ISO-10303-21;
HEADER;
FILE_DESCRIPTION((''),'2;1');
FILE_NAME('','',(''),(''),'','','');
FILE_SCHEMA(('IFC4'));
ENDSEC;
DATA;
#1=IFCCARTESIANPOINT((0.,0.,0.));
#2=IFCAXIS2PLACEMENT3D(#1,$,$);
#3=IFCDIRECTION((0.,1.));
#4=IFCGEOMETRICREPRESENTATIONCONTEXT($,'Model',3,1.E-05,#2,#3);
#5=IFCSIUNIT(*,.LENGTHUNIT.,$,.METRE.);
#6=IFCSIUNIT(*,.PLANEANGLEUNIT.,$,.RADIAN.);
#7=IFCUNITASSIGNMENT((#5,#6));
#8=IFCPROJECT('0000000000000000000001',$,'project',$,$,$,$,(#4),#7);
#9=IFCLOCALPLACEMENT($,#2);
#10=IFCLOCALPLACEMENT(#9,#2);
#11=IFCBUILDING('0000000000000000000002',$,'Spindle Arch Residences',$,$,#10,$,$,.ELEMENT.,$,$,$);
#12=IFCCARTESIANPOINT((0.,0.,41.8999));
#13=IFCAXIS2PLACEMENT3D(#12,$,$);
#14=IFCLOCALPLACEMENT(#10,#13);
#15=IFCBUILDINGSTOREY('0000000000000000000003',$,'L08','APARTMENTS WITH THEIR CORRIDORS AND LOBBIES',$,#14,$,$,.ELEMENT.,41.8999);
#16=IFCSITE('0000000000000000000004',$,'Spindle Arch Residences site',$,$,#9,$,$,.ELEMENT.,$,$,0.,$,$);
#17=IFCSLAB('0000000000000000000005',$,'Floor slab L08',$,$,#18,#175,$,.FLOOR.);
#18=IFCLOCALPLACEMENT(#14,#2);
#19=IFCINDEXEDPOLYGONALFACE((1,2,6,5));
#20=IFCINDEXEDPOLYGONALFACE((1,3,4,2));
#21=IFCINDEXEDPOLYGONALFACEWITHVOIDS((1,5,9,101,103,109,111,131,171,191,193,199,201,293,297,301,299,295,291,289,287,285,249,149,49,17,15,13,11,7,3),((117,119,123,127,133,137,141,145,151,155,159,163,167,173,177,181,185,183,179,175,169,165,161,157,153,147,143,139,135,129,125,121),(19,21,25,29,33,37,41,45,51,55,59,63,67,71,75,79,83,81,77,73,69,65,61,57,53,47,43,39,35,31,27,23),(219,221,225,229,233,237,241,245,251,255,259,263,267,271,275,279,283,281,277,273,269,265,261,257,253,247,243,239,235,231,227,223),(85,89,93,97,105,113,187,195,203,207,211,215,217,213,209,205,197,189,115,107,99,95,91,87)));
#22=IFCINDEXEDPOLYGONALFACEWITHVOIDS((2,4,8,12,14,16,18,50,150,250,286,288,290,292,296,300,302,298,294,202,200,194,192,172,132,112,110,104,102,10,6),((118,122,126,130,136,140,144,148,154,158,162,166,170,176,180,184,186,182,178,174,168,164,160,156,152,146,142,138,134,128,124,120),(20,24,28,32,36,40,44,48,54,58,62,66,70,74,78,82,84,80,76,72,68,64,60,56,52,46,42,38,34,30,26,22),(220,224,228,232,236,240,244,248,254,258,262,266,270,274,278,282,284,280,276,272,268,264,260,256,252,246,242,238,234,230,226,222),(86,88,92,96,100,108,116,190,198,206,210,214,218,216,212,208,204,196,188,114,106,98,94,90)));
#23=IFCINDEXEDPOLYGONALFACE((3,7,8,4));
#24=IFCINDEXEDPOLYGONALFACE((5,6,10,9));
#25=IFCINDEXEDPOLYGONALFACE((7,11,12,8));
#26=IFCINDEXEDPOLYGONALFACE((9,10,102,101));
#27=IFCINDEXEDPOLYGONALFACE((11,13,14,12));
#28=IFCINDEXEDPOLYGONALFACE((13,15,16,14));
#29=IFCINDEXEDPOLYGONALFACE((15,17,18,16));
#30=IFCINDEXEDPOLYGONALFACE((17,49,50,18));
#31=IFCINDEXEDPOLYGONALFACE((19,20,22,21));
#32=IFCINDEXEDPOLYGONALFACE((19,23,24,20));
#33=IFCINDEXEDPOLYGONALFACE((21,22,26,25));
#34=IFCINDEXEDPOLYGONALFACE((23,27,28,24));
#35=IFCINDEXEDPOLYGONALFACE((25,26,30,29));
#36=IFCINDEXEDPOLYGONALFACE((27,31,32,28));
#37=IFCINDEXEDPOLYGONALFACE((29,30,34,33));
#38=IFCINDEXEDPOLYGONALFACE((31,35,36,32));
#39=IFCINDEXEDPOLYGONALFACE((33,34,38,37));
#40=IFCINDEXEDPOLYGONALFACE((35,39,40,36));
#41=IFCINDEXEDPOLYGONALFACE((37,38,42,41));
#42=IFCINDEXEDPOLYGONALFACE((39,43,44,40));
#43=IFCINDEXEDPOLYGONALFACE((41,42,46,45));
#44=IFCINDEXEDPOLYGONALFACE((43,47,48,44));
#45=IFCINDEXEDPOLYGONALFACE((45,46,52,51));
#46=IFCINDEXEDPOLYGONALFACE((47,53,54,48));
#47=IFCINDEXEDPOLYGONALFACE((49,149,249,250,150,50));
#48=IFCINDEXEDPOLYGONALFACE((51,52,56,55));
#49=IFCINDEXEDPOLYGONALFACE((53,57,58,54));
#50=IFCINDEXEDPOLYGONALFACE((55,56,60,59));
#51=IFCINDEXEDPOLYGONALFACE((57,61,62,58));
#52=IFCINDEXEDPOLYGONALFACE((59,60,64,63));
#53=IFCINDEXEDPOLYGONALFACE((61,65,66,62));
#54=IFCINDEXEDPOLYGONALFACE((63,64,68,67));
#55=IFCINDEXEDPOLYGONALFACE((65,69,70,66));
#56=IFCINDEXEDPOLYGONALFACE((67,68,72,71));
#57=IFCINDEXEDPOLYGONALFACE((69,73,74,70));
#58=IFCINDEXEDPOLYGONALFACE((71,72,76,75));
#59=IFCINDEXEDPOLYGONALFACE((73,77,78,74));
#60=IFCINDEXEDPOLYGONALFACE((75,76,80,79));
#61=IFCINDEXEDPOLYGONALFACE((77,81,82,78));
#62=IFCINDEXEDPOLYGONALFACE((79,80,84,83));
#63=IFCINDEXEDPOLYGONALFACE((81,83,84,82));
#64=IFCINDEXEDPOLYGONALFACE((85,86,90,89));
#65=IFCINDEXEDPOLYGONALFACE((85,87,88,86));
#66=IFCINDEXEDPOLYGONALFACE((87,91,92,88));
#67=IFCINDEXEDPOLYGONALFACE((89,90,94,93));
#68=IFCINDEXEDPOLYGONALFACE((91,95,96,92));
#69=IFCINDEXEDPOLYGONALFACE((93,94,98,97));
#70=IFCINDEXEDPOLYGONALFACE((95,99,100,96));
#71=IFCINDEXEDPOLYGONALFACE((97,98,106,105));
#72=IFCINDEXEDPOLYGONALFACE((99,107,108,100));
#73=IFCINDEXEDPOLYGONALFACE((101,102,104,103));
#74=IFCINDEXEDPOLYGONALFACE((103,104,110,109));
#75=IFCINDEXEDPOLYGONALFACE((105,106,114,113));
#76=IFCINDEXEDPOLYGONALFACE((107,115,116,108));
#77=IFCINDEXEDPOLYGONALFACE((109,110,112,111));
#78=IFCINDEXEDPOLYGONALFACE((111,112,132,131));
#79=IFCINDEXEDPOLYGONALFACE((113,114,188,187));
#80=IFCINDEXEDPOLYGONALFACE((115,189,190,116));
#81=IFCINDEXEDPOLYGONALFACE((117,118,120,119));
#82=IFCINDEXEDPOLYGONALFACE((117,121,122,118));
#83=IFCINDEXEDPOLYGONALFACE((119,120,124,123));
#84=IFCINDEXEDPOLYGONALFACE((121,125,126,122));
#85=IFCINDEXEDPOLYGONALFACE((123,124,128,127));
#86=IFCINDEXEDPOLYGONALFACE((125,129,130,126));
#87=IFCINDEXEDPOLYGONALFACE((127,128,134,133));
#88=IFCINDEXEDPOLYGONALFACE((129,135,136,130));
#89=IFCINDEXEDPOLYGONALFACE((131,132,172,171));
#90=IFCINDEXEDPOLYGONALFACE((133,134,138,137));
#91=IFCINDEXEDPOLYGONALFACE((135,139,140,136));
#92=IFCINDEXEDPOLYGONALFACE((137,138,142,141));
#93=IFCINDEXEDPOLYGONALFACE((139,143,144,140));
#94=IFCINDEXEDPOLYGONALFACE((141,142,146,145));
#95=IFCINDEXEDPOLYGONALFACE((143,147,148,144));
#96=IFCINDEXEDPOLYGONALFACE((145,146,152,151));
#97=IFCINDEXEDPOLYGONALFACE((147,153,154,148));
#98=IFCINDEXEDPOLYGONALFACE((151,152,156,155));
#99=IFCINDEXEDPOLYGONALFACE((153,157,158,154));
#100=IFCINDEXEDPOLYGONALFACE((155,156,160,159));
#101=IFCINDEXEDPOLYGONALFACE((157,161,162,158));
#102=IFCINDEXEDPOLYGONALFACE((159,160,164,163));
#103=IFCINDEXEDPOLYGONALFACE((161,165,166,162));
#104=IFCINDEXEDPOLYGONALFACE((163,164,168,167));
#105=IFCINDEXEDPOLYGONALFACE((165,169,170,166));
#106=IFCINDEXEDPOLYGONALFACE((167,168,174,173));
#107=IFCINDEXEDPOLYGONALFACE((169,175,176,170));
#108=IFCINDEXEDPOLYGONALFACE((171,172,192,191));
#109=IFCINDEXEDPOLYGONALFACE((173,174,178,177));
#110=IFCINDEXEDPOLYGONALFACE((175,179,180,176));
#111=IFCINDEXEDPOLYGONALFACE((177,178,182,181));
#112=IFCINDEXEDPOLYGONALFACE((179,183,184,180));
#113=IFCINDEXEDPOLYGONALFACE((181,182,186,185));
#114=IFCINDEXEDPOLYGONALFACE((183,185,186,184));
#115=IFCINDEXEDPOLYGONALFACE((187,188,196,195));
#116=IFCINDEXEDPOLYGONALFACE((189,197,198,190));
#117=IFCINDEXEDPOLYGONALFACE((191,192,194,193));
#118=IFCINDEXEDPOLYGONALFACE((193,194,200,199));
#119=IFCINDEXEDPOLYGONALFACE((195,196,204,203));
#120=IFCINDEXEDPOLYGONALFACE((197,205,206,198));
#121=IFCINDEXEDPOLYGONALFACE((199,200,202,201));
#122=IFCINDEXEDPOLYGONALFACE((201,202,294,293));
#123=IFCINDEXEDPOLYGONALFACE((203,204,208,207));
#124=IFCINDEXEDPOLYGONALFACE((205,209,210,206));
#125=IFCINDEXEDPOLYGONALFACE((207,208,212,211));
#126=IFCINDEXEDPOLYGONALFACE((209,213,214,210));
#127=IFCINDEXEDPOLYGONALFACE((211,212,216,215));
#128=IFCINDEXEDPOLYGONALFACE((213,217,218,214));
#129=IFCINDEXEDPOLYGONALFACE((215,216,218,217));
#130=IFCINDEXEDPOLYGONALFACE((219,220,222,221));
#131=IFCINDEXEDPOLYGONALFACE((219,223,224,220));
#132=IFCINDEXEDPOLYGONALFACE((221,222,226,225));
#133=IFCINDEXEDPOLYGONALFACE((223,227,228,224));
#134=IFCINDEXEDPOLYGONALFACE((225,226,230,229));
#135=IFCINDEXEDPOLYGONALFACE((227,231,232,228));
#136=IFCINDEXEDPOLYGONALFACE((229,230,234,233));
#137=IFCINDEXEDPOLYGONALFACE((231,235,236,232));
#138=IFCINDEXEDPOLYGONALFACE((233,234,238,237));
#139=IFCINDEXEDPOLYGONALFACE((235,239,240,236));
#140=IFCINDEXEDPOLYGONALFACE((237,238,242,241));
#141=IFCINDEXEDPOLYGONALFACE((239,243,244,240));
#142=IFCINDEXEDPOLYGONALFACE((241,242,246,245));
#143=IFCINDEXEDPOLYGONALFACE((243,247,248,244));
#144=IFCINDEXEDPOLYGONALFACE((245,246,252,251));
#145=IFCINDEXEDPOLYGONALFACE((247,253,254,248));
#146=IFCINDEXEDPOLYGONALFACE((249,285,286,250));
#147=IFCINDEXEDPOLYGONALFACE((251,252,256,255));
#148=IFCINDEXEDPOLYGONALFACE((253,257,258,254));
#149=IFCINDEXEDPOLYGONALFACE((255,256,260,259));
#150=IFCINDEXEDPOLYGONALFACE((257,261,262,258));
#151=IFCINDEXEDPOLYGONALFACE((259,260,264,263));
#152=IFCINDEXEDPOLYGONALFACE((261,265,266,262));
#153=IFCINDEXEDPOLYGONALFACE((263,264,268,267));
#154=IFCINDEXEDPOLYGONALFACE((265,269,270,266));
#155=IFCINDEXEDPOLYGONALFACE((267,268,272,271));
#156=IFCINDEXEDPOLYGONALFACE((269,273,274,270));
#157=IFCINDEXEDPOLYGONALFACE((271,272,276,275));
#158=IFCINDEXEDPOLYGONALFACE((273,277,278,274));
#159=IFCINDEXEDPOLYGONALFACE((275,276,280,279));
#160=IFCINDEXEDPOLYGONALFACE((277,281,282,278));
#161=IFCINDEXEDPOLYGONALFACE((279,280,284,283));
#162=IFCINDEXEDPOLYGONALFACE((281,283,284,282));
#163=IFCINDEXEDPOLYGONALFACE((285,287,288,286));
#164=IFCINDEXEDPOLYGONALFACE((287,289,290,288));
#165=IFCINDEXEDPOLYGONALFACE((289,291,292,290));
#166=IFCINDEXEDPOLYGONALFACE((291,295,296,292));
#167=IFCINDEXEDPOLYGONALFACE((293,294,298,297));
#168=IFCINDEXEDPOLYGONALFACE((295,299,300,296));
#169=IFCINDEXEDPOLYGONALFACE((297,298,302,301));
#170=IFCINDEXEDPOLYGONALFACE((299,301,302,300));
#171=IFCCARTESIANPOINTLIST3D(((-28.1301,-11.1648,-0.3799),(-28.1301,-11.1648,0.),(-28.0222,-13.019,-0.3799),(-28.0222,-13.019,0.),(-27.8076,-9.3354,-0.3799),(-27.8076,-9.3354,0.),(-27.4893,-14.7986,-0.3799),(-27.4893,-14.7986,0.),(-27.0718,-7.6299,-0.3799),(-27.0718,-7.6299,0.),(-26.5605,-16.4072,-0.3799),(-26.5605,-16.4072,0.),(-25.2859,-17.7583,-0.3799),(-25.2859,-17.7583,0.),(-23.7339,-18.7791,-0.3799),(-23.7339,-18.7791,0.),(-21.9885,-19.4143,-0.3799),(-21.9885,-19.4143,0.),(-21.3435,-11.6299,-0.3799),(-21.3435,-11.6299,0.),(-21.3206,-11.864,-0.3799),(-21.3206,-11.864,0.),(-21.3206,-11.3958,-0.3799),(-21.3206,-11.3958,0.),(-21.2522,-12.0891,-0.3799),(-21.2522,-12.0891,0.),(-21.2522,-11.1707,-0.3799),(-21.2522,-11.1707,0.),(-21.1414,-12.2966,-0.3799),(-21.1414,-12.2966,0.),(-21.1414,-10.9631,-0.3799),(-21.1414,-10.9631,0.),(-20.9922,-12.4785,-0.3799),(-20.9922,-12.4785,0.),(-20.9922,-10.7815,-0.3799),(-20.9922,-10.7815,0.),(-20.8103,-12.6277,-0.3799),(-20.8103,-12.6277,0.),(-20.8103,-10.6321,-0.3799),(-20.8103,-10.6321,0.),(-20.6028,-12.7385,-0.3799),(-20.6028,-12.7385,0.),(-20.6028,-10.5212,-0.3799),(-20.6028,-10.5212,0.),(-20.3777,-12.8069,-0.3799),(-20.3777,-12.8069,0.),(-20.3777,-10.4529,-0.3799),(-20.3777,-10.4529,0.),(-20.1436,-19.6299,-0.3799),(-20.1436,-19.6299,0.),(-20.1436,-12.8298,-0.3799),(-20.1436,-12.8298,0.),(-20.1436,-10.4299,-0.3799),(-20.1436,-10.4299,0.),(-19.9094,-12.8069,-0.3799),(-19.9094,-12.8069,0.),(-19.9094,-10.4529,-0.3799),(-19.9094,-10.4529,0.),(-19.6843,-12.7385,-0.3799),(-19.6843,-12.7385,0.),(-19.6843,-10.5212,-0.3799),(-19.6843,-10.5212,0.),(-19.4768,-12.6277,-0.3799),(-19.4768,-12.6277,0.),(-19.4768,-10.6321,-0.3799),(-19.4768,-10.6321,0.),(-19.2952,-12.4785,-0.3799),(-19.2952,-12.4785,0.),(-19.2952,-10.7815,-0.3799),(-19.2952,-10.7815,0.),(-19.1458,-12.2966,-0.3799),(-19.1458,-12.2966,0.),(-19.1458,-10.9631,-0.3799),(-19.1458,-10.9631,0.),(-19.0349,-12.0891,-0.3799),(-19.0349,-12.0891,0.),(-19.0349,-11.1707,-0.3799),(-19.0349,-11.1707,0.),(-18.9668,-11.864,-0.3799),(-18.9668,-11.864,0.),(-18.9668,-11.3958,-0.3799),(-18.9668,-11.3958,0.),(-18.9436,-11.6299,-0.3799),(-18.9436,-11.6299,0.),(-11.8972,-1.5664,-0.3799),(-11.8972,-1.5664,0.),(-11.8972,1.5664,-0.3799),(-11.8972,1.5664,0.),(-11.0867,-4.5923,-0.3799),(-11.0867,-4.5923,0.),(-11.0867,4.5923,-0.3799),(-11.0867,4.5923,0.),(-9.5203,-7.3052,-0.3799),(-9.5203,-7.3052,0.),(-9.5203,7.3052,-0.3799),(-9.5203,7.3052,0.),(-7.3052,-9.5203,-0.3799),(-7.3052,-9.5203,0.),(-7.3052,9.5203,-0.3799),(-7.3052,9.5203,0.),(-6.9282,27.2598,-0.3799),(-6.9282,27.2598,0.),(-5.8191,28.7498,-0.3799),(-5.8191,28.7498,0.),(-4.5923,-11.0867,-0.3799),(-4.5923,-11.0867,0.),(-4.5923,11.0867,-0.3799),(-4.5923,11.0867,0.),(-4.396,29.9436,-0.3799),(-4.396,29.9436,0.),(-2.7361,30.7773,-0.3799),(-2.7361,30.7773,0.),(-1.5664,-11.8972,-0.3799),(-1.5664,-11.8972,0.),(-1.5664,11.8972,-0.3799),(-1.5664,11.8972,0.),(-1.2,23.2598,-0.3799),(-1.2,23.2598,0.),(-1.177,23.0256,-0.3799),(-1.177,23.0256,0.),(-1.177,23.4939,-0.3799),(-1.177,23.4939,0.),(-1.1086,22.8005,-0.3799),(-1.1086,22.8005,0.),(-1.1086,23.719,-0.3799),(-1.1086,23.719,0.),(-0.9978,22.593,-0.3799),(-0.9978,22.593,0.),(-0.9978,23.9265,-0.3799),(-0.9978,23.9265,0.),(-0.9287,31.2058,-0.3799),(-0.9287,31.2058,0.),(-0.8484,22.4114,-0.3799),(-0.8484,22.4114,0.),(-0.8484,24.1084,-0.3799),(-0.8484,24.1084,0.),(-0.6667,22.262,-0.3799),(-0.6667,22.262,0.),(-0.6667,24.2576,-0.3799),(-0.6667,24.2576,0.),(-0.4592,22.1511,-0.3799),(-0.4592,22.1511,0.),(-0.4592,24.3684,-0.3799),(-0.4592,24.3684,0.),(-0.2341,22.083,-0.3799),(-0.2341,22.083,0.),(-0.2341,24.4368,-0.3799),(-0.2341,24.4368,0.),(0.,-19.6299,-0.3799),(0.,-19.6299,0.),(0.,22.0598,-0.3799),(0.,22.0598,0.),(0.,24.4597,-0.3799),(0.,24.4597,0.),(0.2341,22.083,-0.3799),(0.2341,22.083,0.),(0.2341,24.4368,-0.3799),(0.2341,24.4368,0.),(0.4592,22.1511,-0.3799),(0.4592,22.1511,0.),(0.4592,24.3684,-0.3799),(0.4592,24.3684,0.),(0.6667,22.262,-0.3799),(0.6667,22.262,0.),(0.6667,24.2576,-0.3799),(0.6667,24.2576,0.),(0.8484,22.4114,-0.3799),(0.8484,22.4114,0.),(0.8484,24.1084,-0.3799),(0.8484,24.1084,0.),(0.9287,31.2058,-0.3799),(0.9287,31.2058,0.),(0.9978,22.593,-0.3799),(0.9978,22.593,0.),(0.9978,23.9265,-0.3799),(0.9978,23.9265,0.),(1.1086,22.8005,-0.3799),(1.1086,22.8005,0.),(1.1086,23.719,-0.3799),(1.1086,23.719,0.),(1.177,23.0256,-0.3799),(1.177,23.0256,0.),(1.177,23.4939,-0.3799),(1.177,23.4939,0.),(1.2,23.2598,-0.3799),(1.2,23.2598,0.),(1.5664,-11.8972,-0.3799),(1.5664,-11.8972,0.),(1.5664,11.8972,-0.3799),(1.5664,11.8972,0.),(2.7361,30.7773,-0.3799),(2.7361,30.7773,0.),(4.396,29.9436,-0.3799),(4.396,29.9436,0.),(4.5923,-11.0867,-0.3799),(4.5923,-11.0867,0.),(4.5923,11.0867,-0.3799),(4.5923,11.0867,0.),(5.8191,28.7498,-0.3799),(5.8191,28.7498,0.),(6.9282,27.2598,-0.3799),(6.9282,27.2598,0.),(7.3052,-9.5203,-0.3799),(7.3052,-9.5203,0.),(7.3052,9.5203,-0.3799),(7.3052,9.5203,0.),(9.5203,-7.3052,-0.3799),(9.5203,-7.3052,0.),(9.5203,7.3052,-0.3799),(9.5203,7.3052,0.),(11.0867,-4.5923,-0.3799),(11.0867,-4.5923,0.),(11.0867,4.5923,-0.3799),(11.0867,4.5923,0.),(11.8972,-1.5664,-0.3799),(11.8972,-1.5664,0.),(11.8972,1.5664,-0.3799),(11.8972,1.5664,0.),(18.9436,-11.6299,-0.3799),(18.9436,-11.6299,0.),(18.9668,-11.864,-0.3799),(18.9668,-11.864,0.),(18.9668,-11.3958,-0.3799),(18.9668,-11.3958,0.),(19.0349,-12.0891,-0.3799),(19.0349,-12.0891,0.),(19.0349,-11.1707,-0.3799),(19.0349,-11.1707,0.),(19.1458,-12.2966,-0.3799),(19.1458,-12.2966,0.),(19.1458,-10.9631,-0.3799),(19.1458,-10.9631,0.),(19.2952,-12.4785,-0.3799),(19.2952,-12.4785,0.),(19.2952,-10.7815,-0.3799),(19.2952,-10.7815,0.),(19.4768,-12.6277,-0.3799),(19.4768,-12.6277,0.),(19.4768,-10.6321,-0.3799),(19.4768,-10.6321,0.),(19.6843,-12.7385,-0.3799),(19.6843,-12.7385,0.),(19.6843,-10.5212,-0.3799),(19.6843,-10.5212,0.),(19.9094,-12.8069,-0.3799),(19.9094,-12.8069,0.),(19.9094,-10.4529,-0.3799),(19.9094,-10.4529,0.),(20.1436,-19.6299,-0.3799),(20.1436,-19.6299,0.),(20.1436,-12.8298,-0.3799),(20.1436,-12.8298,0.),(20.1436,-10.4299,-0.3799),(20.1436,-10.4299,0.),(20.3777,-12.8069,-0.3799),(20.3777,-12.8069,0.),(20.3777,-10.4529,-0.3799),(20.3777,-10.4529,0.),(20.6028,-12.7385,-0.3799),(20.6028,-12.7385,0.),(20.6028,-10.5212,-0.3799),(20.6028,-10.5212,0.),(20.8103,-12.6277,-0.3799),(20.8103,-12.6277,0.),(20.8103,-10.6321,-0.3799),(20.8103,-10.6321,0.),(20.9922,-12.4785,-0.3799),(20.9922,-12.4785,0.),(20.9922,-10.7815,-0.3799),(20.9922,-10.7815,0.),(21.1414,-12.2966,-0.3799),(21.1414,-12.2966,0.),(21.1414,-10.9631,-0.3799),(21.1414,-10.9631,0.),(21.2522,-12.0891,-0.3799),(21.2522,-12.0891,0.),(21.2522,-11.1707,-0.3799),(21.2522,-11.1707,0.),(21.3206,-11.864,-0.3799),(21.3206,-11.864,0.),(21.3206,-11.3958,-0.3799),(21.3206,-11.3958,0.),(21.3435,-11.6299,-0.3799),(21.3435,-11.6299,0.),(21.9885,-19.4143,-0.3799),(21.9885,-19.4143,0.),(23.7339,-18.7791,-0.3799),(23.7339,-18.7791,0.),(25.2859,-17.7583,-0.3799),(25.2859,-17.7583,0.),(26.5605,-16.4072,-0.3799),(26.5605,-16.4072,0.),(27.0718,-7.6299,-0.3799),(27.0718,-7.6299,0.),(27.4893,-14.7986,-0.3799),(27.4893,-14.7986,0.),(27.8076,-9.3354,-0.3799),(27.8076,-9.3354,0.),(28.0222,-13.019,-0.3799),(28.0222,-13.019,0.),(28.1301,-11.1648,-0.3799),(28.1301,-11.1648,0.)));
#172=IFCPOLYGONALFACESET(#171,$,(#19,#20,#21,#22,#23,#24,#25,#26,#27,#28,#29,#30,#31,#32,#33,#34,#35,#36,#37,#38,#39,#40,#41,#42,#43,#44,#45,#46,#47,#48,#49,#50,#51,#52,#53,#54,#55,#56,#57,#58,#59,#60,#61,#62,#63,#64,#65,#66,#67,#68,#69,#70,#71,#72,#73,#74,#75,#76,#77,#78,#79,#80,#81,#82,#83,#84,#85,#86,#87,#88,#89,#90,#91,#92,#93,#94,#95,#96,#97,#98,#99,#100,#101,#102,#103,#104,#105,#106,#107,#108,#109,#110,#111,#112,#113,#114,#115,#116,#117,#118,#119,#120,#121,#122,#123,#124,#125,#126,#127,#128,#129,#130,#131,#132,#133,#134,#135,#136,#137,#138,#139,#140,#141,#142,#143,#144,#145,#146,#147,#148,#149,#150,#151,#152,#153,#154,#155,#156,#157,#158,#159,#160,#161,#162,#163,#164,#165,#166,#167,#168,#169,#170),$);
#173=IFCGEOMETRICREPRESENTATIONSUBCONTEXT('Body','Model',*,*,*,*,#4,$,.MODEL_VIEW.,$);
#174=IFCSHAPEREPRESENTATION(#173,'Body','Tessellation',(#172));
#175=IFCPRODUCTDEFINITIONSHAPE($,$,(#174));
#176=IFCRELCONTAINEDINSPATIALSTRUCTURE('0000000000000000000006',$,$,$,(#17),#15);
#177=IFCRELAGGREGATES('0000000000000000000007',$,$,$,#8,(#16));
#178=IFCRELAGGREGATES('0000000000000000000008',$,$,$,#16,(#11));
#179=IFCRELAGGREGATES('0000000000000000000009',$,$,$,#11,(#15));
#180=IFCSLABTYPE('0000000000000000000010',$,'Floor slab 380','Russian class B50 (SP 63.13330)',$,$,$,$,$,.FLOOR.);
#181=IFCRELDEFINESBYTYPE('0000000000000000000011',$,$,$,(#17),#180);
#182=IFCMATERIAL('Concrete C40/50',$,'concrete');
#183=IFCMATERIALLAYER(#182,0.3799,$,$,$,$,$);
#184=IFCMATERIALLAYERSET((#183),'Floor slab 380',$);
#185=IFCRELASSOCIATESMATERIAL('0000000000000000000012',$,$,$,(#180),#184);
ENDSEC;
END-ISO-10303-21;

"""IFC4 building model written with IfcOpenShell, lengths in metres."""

from ifc_helpers import new_model, si_unit, direction, frame, origin, place, context, subcontext, project, spatial, polyline, outline, extrude, material, layer, layer_set, type_object, element, save


model = new_model("IFC4")

# Units and contexts
model_context = context("Model", 3, precision=1e-05, world=origin(), true_north=direction((0.0, 1.0)))
body_context = subcontext(model_context, "Body", "Model", "MODEL_VIEW")
ifc_project = project(units=[si_unit("LENGTHUNIT", "METRE"), si_unit("PLANEANGLEUNIT", "RADIAN")], contexts=[model_context])

# Site, building, storey
site_placement = place(None, origin())
site = spatial("IfcSite", under=ifc_project, at=site_placement, Name="Spindle Arch Residences site", CompositionType="ELEMENT", RefElevation=0.0)
building_placement = place(site_placement, origin())
building = spatial("IfcBuilding", under=site, at=building_placement, Name="Spindle Arch Residences", CompositionType="ELEMENT")
storey_placement = place(building_placement, frame((0.0, 0.0, 41.8999)))
storey = spatial("IfcBuildingStorey", under=building, at=storey_placement, Name="L08", Description="APARTMENTS WITH THEIR CORRIDORS AND LOBBIES", CompositionType="ELEMENT", Elevation=41.8999)

# Slab
ifc_material_1 = material(Name="Concrete C40/50", Category="concrete")
ifc_layer_1 = layer(ifc_material_1, 0.3799)
ifc_layer_set_1 = layer_set([ifc_layer_1], Name="Floor slab 380")
slab_type_1 = type_object("IfcSlabType", Name="Floor slab 380", Description="Russian class B50 (SP 63.13330)", PredefinedType="FLOOR", material=ifc_layer_set_1)
slab_1_placement = place(storey_placement, frame((0.0, 0.0, -0.3799)))
element("IfcSlab", 1, at=slab_1_placement, inside=storey, type_object=slab_type_1, Name="Floor slab L08", PredefinedType="FLOOR", context=body_context, shape_type="SweptSolid", body=[
    extrude(outline(polyline([(-21.9885, -19.4143), (-23.7339, -18.7791), (-25.2859, -17.7583), (-26.5605, -16.4072), (-27.4893, -14.7986), (-28.0222, -13.019), (-28.1301, -11.1648), (-27.8076, -9.3354), (-27.0718, -7.6299), (-6.9282, 27.2598), (-5.8191, 28.7498), (-4.396, 29.9436), (-2.7361, 30.7773), (-0.9287, 31.2058), (0.9287, 31.2058), (2.7361, 30.7773), (4.396, 29.9436), (5.8191, 28.7498), (6.9282, 27.2598), (27.0718, -7.6299), (27.8076, -9.3354), (28.1301, -11.1648), (28.0222, -13.019), (27.4893, -14.7986), (26.5605, -16.4072), (25.2859, -17.7583), (23.7339, -18.7791), (21.9885, -19.4143), (20.1436, -19.6299), (0.0, -19.6299), (-20.1436, -19.6299), (-21.9885, -19.4143)]), holes=[polyline([(7.3052, -9.5203), (9.5203, -7.3052), (11.0867, -4.5923), (11.8972, -1.5664), (11.8972, 1.5664), (11.0867, 4.5923), (9.5203, 7.3052), (7.3052, 9.5203), (4.5923, 11.0867), (1.5664, 11.8972), (-1.5664, 11.8972), (-4.5923, 11.0867), (-7.3052, 9.5203), (-9.5203, 7.3052), (-11.0867, 4.5923), (-11.8972, 1.5664), (-11.8972, -1.5664), (-11.0867, -4.5923), (-9.5203, -7.3052), (-7.3052, -9.5203), (-4.5923, -11.0867), (-1.5664, -11.8972), (1.5664, -11.8972), (4.5923, -11.0867), (7.3052, -9.5203)]), polyline([(-19.2952, -12.4785), (-19.1458, -12.2966), (-19.0349, -12.0891), (-18.9668, -11.864), (-18.9436, -11.6299), (-18.9668, -11.3958), (-19.0349, -11.1707), (-19.1458, -10.9631), (-19.2952, -10.7815), (-19.4768, -10.6321), (-19.6843, -10.5212), (-19.9094, -10.4529), (-20.1436, -10.4299), (-20.3777, -10.4529), (-20.6028, -10.5212), (-20.8103, -10.6321), (-20.9922, -10.7815), (-21.1414, -10.9631), (-21.2522, -11.1707), (-21.3206, -11.3958), (-21.3435, -11.6299), (-21.3206, -11.864), (-21.2522, -12.0891), (-21.1414, -12.2966), (-20.9922, -12.4785), (-20.8103, -12.6277), (-20.6028, -12.7385), (-20.3777, -12.8069), (-20.1436, -12.8298), (-19.9094, -12.8069), (-19.6843, -12.7385), (-19.4768, -12.6277), (-19.2952, -12.4785)]), polyline([(0.8484, 22.4114), (0.9978, 22.593), (1.1086, 22.8005), (1.177, 23.0256), (1.2, 23.2598), (1.177, 23.4939), (1.1086, 23.719), (0.9978, 23.9265), (0.8484, 24.1084), (0.6667, 24.2576), (0.4592, 24.3684), (0.2341, 24.4368), (0.0, 24.4597), (-0.2341, 24.4368), (-0.4592, 24.3684), (-0.6667, 24.2576), (-0.8484, 24.1084), (-0.9978, 23.9265), (-1.1086, 23.719), (-1.177, 23.4939), (-1.2, 23.2598), (-1.177, 23.0256), (-1.1086, 22.8005), (-0.9978, 22.593), (-0.8484, 22.4114), (-0.6667, 22.262), (-0.4592, 22.1511), (-0.2341, 22.083), (0.0, 22.0598), (0.2341, 22.083), (0.4592, 22.1511), (0.6667, 22.262), (0.8484, 22.4114)]), polyline([(20.9922, -12.4785), (21.1414, -12.2966), (21.2522, -12.0891), (21.3206, -11.864), (21.3435, -11.6299), (21.3206, -11.3958), (21.2522, -11.1707), (21.1414, -10.9631), (20.9922, -10.7815), (20.8103, -10.6321), (20.6028, -10.5212), (20.3777, -10.4529), (20.1436, -10.4299), (19.9094, -10.4529), (19.6843, -10.5212), (19.4768, -10.6321), (19.2952, -10.7815), (19.1458, -10.9631), (19.0349, -11.1707), (18.9668, -11.3958), (18.9436, -11.6299), (18.9668, -11.864), (19.0349, -12.0891), (19.1458, -12.2966), (19.2952, -12.4785), (19.4768, -12.6277), (19.6843, -12.7385), (19.9094, -12.8069), (20.1436, -12.8298), (20.3777, -12.8069), (20.6028, -12.7385), (20.8103, -12.6277), (20.9922, -12.4785)])]), origin(), (0.0, 0.0, 1.0), 0.3799),
])

save(model, "model.ifc")
